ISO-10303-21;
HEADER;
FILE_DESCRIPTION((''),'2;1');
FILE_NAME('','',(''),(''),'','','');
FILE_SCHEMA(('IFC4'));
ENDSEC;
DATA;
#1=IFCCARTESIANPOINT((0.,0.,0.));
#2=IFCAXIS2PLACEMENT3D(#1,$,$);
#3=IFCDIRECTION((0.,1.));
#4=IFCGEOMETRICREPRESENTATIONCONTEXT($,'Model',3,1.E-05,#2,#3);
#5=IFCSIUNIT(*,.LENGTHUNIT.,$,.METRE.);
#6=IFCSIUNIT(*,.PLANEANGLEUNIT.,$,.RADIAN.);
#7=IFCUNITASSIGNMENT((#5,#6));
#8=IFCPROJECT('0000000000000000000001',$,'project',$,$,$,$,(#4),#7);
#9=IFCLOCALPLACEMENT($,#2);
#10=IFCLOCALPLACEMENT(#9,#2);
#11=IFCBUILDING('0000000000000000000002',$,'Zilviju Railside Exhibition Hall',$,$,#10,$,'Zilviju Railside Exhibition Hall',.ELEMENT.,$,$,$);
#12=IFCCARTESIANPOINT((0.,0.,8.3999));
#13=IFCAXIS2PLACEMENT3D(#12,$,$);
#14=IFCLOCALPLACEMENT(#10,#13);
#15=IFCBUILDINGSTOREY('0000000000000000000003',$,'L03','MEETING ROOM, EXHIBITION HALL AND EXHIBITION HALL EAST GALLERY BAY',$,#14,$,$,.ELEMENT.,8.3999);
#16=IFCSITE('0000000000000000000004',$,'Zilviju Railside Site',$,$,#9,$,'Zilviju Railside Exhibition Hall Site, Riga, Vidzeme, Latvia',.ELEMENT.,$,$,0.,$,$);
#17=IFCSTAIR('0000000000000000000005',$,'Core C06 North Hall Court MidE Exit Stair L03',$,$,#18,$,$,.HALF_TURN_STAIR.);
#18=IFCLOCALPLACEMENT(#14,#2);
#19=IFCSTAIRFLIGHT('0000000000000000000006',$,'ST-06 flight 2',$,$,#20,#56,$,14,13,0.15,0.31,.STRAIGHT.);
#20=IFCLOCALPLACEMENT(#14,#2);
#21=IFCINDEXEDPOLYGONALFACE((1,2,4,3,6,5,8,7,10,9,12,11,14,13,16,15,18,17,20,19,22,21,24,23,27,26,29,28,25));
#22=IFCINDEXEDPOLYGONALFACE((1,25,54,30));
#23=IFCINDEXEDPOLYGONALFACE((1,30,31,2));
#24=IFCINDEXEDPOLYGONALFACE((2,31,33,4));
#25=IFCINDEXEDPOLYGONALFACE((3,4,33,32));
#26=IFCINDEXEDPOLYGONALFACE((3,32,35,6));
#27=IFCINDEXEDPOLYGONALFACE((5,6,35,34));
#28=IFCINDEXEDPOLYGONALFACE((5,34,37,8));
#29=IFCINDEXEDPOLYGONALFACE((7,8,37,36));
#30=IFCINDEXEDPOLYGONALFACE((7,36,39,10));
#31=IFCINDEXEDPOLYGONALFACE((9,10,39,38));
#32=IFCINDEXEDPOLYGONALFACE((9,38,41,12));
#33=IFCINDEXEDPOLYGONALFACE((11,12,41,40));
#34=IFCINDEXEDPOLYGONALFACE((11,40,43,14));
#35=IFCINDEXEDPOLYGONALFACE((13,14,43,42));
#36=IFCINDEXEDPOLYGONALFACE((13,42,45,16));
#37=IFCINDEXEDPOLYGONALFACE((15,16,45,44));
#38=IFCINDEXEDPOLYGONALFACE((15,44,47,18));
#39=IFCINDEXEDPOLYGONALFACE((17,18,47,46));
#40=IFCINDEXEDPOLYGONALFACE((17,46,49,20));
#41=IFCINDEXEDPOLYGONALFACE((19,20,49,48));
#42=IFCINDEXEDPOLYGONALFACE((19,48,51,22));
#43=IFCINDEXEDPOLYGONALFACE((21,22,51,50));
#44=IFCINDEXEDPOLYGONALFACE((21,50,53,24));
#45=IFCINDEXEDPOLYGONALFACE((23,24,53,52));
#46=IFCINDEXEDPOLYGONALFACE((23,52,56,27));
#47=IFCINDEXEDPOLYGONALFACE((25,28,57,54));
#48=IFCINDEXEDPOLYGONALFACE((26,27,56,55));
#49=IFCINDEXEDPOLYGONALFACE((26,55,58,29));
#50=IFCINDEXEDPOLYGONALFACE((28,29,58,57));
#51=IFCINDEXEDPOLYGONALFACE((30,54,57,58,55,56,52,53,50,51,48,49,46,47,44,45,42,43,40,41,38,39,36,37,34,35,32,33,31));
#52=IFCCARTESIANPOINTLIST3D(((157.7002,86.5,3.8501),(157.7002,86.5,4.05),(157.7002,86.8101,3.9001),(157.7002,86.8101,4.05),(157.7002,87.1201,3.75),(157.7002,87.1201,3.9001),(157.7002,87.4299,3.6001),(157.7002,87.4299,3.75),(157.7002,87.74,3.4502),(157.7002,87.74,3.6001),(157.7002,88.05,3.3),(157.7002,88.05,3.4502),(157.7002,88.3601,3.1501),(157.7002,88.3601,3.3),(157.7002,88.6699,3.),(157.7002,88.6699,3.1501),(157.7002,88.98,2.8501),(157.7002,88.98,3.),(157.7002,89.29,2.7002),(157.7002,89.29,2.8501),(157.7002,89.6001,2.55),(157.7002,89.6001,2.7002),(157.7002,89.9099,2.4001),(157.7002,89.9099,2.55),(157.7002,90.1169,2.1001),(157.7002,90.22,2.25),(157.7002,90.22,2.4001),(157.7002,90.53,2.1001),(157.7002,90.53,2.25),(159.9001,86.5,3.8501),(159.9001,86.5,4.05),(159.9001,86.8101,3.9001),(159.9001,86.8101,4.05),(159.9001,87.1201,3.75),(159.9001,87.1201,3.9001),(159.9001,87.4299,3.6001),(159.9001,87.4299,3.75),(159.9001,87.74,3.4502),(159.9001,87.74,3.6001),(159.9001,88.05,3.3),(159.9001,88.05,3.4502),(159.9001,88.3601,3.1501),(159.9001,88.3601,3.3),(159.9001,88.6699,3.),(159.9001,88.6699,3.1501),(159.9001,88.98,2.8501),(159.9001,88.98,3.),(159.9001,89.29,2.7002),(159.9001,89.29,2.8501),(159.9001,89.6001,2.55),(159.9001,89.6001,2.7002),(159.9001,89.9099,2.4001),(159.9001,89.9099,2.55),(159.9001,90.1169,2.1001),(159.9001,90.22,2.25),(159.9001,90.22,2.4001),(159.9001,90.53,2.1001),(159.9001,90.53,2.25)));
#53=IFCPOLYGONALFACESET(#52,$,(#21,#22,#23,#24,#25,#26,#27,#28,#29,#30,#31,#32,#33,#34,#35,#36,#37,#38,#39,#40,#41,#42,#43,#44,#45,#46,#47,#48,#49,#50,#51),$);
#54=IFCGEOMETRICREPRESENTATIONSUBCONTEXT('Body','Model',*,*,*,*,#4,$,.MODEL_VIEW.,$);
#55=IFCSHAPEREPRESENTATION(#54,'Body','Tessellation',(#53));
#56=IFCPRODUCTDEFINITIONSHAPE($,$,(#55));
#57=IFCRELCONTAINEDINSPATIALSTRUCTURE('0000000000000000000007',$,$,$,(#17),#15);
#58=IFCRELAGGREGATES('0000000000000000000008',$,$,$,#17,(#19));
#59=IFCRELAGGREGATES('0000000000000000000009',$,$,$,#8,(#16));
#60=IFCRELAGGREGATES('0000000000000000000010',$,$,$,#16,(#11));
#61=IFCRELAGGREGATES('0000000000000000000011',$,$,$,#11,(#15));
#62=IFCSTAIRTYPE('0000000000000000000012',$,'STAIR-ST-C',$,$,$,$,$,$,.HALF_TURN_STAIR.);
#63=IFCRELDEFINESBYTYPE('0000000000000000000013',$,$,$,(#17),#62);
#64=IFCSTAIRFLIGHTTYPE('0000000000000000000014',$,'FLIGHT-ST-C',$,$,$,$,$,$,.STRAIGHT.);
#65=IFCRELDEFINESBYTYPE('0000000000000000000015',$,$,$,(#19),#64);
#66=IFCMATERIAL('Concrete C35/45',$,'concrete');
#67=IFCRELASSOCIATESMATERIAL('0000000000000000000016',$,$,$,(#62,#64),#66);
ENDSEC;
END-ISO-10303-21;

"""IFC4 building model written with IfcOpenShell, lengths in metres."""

from ifc_helpers import new_model, si_unit, direction, frame, origin, place, context, subcontext, project, spatial, polyline, outline, extrude, material, type_object, element, aggregate, save


model = new_model("IFC4")

# Units and contexts
model_context = context("Model", 3, precision=1e-05, world=origin(), true_north=direction((0.0, 1.0)))
body_context = subcontext(model_context, "Body", "Model", "MODEL_VIEW")
ifc_project = project(units=[si_unit("LENGTHUNIT", "METRE"), si_unit("PLANEANGLEUNIT", "RADIAN")], contexts=[model_context])

# Site, building, storey
site_placement = place(None, origin())
site = spatial("IfcSite", under=ifc_project, at=site_placement, Name="Zilviju Railside Site", LongName="Zilviju Railside Exhibition Hall Site, Riga, Vidzeme, Latvia", CompositionType="ELEMENT", RefElevation=0.0)
building_placement = place(site_placement, origin())
building = spatial("IfcBuilding", under=site, at=building_placement, Name="Zilviju Railside Exhibition Hall", LongName="Zilviju Railside Exhibition Hall", CompositionType="ELEMENT")
storey_placement = place(building_placement, frame((0.0, 0.0, 8.3999)))
storey = spatial("IfcBuildingStorey", under=building, at=storey_placement, Name="L03", Description="MEETING ROOM, EXHIBITION HALL AND EXHIBITION HALL EAST GALLERY BAY", CompositionType="ELEMENT", Elevation=8.3999)

# Shared definitions
ifc_material_1 = material(Name="Concrete C35/45", Category="concrete")

# Stair, stair flight
stair_type = type_object("IfcStairType", Name="STAIR-ST-C", PredefinedType="HALF_TURN_STAIR", material=ifc_material_1)
stair_placement = place(storey_placement, origin())
stair = element("IfcStair", 1, at=stair_placement, inside=storey, type_object=stair_type, Name="Core C06 North Hall Court MidE Exit Stair L03", PredefinedType="HALF_TURN_STAIR")
stair_flight_type = type_object("IfcStairFlightType", Name="FLIGHT-ST-C", PredefinedType="STRAIGHT", material=ifc_material_1)
stair_flight_placement = place(storey_placement, frame((158.8, 90.53, 2.1001), z_axis=(0.0, 0.0, 1.0), x_axis=(0.0, -1.0, 0.0)))
stair_flight = element("IfcStairFlight", 2, at=stair_flight_placement, type_object=stair_flight_type, Name="ST-06 flight 2", NumberOfRisers=14, NumberOfTreads=13, PredefinedType="STRAIGHT", RiserHeight=0.15, TreadLength=0.31, context=body_context, shape_type="SweptSolid", body=[
    extrude(outline(polyline([(0.0, 0.0), (0.0, 0.1499), (0.3101, 0.1499), (0.3101, 0.3), (0.6201, 0.3), (0.6201, 0.45), (0.9299, 0.45), (0.9299, 0.6001), (1.24, 0.6001), (1.24, 0.75), (1.55, 0.75), (1.55, 0.8999), (1.8601, 0.8999), (1.8601, 1.05), (2.1699, 1.05), (2.1699, 1.2), (2.48, 1.2), (2.48, 1.3501), (2.79, 1.3501), (2.79, 1.5), (3.1001, 1.5), (3.1001, 1.6499), (3.4099, 1.6499), (3.4099, 1.8), (3.72, 1.8), (3.72, 1.95), (4.03, 1.95), (4.03, 2.1001), (4.03, 1.75), (0.4131, 0.0), (0.0, 0.0)])), frame((0.0, 1.1001, 0.0), z_axis=(0.0, -1.0, 0.0), x_axis=(1.0, 0.0, 0.0)), (0.0, 0.0, 1.0), 2.2),
])
aggregate(stair, [stair_flight])

save(model, "model.ifc")
